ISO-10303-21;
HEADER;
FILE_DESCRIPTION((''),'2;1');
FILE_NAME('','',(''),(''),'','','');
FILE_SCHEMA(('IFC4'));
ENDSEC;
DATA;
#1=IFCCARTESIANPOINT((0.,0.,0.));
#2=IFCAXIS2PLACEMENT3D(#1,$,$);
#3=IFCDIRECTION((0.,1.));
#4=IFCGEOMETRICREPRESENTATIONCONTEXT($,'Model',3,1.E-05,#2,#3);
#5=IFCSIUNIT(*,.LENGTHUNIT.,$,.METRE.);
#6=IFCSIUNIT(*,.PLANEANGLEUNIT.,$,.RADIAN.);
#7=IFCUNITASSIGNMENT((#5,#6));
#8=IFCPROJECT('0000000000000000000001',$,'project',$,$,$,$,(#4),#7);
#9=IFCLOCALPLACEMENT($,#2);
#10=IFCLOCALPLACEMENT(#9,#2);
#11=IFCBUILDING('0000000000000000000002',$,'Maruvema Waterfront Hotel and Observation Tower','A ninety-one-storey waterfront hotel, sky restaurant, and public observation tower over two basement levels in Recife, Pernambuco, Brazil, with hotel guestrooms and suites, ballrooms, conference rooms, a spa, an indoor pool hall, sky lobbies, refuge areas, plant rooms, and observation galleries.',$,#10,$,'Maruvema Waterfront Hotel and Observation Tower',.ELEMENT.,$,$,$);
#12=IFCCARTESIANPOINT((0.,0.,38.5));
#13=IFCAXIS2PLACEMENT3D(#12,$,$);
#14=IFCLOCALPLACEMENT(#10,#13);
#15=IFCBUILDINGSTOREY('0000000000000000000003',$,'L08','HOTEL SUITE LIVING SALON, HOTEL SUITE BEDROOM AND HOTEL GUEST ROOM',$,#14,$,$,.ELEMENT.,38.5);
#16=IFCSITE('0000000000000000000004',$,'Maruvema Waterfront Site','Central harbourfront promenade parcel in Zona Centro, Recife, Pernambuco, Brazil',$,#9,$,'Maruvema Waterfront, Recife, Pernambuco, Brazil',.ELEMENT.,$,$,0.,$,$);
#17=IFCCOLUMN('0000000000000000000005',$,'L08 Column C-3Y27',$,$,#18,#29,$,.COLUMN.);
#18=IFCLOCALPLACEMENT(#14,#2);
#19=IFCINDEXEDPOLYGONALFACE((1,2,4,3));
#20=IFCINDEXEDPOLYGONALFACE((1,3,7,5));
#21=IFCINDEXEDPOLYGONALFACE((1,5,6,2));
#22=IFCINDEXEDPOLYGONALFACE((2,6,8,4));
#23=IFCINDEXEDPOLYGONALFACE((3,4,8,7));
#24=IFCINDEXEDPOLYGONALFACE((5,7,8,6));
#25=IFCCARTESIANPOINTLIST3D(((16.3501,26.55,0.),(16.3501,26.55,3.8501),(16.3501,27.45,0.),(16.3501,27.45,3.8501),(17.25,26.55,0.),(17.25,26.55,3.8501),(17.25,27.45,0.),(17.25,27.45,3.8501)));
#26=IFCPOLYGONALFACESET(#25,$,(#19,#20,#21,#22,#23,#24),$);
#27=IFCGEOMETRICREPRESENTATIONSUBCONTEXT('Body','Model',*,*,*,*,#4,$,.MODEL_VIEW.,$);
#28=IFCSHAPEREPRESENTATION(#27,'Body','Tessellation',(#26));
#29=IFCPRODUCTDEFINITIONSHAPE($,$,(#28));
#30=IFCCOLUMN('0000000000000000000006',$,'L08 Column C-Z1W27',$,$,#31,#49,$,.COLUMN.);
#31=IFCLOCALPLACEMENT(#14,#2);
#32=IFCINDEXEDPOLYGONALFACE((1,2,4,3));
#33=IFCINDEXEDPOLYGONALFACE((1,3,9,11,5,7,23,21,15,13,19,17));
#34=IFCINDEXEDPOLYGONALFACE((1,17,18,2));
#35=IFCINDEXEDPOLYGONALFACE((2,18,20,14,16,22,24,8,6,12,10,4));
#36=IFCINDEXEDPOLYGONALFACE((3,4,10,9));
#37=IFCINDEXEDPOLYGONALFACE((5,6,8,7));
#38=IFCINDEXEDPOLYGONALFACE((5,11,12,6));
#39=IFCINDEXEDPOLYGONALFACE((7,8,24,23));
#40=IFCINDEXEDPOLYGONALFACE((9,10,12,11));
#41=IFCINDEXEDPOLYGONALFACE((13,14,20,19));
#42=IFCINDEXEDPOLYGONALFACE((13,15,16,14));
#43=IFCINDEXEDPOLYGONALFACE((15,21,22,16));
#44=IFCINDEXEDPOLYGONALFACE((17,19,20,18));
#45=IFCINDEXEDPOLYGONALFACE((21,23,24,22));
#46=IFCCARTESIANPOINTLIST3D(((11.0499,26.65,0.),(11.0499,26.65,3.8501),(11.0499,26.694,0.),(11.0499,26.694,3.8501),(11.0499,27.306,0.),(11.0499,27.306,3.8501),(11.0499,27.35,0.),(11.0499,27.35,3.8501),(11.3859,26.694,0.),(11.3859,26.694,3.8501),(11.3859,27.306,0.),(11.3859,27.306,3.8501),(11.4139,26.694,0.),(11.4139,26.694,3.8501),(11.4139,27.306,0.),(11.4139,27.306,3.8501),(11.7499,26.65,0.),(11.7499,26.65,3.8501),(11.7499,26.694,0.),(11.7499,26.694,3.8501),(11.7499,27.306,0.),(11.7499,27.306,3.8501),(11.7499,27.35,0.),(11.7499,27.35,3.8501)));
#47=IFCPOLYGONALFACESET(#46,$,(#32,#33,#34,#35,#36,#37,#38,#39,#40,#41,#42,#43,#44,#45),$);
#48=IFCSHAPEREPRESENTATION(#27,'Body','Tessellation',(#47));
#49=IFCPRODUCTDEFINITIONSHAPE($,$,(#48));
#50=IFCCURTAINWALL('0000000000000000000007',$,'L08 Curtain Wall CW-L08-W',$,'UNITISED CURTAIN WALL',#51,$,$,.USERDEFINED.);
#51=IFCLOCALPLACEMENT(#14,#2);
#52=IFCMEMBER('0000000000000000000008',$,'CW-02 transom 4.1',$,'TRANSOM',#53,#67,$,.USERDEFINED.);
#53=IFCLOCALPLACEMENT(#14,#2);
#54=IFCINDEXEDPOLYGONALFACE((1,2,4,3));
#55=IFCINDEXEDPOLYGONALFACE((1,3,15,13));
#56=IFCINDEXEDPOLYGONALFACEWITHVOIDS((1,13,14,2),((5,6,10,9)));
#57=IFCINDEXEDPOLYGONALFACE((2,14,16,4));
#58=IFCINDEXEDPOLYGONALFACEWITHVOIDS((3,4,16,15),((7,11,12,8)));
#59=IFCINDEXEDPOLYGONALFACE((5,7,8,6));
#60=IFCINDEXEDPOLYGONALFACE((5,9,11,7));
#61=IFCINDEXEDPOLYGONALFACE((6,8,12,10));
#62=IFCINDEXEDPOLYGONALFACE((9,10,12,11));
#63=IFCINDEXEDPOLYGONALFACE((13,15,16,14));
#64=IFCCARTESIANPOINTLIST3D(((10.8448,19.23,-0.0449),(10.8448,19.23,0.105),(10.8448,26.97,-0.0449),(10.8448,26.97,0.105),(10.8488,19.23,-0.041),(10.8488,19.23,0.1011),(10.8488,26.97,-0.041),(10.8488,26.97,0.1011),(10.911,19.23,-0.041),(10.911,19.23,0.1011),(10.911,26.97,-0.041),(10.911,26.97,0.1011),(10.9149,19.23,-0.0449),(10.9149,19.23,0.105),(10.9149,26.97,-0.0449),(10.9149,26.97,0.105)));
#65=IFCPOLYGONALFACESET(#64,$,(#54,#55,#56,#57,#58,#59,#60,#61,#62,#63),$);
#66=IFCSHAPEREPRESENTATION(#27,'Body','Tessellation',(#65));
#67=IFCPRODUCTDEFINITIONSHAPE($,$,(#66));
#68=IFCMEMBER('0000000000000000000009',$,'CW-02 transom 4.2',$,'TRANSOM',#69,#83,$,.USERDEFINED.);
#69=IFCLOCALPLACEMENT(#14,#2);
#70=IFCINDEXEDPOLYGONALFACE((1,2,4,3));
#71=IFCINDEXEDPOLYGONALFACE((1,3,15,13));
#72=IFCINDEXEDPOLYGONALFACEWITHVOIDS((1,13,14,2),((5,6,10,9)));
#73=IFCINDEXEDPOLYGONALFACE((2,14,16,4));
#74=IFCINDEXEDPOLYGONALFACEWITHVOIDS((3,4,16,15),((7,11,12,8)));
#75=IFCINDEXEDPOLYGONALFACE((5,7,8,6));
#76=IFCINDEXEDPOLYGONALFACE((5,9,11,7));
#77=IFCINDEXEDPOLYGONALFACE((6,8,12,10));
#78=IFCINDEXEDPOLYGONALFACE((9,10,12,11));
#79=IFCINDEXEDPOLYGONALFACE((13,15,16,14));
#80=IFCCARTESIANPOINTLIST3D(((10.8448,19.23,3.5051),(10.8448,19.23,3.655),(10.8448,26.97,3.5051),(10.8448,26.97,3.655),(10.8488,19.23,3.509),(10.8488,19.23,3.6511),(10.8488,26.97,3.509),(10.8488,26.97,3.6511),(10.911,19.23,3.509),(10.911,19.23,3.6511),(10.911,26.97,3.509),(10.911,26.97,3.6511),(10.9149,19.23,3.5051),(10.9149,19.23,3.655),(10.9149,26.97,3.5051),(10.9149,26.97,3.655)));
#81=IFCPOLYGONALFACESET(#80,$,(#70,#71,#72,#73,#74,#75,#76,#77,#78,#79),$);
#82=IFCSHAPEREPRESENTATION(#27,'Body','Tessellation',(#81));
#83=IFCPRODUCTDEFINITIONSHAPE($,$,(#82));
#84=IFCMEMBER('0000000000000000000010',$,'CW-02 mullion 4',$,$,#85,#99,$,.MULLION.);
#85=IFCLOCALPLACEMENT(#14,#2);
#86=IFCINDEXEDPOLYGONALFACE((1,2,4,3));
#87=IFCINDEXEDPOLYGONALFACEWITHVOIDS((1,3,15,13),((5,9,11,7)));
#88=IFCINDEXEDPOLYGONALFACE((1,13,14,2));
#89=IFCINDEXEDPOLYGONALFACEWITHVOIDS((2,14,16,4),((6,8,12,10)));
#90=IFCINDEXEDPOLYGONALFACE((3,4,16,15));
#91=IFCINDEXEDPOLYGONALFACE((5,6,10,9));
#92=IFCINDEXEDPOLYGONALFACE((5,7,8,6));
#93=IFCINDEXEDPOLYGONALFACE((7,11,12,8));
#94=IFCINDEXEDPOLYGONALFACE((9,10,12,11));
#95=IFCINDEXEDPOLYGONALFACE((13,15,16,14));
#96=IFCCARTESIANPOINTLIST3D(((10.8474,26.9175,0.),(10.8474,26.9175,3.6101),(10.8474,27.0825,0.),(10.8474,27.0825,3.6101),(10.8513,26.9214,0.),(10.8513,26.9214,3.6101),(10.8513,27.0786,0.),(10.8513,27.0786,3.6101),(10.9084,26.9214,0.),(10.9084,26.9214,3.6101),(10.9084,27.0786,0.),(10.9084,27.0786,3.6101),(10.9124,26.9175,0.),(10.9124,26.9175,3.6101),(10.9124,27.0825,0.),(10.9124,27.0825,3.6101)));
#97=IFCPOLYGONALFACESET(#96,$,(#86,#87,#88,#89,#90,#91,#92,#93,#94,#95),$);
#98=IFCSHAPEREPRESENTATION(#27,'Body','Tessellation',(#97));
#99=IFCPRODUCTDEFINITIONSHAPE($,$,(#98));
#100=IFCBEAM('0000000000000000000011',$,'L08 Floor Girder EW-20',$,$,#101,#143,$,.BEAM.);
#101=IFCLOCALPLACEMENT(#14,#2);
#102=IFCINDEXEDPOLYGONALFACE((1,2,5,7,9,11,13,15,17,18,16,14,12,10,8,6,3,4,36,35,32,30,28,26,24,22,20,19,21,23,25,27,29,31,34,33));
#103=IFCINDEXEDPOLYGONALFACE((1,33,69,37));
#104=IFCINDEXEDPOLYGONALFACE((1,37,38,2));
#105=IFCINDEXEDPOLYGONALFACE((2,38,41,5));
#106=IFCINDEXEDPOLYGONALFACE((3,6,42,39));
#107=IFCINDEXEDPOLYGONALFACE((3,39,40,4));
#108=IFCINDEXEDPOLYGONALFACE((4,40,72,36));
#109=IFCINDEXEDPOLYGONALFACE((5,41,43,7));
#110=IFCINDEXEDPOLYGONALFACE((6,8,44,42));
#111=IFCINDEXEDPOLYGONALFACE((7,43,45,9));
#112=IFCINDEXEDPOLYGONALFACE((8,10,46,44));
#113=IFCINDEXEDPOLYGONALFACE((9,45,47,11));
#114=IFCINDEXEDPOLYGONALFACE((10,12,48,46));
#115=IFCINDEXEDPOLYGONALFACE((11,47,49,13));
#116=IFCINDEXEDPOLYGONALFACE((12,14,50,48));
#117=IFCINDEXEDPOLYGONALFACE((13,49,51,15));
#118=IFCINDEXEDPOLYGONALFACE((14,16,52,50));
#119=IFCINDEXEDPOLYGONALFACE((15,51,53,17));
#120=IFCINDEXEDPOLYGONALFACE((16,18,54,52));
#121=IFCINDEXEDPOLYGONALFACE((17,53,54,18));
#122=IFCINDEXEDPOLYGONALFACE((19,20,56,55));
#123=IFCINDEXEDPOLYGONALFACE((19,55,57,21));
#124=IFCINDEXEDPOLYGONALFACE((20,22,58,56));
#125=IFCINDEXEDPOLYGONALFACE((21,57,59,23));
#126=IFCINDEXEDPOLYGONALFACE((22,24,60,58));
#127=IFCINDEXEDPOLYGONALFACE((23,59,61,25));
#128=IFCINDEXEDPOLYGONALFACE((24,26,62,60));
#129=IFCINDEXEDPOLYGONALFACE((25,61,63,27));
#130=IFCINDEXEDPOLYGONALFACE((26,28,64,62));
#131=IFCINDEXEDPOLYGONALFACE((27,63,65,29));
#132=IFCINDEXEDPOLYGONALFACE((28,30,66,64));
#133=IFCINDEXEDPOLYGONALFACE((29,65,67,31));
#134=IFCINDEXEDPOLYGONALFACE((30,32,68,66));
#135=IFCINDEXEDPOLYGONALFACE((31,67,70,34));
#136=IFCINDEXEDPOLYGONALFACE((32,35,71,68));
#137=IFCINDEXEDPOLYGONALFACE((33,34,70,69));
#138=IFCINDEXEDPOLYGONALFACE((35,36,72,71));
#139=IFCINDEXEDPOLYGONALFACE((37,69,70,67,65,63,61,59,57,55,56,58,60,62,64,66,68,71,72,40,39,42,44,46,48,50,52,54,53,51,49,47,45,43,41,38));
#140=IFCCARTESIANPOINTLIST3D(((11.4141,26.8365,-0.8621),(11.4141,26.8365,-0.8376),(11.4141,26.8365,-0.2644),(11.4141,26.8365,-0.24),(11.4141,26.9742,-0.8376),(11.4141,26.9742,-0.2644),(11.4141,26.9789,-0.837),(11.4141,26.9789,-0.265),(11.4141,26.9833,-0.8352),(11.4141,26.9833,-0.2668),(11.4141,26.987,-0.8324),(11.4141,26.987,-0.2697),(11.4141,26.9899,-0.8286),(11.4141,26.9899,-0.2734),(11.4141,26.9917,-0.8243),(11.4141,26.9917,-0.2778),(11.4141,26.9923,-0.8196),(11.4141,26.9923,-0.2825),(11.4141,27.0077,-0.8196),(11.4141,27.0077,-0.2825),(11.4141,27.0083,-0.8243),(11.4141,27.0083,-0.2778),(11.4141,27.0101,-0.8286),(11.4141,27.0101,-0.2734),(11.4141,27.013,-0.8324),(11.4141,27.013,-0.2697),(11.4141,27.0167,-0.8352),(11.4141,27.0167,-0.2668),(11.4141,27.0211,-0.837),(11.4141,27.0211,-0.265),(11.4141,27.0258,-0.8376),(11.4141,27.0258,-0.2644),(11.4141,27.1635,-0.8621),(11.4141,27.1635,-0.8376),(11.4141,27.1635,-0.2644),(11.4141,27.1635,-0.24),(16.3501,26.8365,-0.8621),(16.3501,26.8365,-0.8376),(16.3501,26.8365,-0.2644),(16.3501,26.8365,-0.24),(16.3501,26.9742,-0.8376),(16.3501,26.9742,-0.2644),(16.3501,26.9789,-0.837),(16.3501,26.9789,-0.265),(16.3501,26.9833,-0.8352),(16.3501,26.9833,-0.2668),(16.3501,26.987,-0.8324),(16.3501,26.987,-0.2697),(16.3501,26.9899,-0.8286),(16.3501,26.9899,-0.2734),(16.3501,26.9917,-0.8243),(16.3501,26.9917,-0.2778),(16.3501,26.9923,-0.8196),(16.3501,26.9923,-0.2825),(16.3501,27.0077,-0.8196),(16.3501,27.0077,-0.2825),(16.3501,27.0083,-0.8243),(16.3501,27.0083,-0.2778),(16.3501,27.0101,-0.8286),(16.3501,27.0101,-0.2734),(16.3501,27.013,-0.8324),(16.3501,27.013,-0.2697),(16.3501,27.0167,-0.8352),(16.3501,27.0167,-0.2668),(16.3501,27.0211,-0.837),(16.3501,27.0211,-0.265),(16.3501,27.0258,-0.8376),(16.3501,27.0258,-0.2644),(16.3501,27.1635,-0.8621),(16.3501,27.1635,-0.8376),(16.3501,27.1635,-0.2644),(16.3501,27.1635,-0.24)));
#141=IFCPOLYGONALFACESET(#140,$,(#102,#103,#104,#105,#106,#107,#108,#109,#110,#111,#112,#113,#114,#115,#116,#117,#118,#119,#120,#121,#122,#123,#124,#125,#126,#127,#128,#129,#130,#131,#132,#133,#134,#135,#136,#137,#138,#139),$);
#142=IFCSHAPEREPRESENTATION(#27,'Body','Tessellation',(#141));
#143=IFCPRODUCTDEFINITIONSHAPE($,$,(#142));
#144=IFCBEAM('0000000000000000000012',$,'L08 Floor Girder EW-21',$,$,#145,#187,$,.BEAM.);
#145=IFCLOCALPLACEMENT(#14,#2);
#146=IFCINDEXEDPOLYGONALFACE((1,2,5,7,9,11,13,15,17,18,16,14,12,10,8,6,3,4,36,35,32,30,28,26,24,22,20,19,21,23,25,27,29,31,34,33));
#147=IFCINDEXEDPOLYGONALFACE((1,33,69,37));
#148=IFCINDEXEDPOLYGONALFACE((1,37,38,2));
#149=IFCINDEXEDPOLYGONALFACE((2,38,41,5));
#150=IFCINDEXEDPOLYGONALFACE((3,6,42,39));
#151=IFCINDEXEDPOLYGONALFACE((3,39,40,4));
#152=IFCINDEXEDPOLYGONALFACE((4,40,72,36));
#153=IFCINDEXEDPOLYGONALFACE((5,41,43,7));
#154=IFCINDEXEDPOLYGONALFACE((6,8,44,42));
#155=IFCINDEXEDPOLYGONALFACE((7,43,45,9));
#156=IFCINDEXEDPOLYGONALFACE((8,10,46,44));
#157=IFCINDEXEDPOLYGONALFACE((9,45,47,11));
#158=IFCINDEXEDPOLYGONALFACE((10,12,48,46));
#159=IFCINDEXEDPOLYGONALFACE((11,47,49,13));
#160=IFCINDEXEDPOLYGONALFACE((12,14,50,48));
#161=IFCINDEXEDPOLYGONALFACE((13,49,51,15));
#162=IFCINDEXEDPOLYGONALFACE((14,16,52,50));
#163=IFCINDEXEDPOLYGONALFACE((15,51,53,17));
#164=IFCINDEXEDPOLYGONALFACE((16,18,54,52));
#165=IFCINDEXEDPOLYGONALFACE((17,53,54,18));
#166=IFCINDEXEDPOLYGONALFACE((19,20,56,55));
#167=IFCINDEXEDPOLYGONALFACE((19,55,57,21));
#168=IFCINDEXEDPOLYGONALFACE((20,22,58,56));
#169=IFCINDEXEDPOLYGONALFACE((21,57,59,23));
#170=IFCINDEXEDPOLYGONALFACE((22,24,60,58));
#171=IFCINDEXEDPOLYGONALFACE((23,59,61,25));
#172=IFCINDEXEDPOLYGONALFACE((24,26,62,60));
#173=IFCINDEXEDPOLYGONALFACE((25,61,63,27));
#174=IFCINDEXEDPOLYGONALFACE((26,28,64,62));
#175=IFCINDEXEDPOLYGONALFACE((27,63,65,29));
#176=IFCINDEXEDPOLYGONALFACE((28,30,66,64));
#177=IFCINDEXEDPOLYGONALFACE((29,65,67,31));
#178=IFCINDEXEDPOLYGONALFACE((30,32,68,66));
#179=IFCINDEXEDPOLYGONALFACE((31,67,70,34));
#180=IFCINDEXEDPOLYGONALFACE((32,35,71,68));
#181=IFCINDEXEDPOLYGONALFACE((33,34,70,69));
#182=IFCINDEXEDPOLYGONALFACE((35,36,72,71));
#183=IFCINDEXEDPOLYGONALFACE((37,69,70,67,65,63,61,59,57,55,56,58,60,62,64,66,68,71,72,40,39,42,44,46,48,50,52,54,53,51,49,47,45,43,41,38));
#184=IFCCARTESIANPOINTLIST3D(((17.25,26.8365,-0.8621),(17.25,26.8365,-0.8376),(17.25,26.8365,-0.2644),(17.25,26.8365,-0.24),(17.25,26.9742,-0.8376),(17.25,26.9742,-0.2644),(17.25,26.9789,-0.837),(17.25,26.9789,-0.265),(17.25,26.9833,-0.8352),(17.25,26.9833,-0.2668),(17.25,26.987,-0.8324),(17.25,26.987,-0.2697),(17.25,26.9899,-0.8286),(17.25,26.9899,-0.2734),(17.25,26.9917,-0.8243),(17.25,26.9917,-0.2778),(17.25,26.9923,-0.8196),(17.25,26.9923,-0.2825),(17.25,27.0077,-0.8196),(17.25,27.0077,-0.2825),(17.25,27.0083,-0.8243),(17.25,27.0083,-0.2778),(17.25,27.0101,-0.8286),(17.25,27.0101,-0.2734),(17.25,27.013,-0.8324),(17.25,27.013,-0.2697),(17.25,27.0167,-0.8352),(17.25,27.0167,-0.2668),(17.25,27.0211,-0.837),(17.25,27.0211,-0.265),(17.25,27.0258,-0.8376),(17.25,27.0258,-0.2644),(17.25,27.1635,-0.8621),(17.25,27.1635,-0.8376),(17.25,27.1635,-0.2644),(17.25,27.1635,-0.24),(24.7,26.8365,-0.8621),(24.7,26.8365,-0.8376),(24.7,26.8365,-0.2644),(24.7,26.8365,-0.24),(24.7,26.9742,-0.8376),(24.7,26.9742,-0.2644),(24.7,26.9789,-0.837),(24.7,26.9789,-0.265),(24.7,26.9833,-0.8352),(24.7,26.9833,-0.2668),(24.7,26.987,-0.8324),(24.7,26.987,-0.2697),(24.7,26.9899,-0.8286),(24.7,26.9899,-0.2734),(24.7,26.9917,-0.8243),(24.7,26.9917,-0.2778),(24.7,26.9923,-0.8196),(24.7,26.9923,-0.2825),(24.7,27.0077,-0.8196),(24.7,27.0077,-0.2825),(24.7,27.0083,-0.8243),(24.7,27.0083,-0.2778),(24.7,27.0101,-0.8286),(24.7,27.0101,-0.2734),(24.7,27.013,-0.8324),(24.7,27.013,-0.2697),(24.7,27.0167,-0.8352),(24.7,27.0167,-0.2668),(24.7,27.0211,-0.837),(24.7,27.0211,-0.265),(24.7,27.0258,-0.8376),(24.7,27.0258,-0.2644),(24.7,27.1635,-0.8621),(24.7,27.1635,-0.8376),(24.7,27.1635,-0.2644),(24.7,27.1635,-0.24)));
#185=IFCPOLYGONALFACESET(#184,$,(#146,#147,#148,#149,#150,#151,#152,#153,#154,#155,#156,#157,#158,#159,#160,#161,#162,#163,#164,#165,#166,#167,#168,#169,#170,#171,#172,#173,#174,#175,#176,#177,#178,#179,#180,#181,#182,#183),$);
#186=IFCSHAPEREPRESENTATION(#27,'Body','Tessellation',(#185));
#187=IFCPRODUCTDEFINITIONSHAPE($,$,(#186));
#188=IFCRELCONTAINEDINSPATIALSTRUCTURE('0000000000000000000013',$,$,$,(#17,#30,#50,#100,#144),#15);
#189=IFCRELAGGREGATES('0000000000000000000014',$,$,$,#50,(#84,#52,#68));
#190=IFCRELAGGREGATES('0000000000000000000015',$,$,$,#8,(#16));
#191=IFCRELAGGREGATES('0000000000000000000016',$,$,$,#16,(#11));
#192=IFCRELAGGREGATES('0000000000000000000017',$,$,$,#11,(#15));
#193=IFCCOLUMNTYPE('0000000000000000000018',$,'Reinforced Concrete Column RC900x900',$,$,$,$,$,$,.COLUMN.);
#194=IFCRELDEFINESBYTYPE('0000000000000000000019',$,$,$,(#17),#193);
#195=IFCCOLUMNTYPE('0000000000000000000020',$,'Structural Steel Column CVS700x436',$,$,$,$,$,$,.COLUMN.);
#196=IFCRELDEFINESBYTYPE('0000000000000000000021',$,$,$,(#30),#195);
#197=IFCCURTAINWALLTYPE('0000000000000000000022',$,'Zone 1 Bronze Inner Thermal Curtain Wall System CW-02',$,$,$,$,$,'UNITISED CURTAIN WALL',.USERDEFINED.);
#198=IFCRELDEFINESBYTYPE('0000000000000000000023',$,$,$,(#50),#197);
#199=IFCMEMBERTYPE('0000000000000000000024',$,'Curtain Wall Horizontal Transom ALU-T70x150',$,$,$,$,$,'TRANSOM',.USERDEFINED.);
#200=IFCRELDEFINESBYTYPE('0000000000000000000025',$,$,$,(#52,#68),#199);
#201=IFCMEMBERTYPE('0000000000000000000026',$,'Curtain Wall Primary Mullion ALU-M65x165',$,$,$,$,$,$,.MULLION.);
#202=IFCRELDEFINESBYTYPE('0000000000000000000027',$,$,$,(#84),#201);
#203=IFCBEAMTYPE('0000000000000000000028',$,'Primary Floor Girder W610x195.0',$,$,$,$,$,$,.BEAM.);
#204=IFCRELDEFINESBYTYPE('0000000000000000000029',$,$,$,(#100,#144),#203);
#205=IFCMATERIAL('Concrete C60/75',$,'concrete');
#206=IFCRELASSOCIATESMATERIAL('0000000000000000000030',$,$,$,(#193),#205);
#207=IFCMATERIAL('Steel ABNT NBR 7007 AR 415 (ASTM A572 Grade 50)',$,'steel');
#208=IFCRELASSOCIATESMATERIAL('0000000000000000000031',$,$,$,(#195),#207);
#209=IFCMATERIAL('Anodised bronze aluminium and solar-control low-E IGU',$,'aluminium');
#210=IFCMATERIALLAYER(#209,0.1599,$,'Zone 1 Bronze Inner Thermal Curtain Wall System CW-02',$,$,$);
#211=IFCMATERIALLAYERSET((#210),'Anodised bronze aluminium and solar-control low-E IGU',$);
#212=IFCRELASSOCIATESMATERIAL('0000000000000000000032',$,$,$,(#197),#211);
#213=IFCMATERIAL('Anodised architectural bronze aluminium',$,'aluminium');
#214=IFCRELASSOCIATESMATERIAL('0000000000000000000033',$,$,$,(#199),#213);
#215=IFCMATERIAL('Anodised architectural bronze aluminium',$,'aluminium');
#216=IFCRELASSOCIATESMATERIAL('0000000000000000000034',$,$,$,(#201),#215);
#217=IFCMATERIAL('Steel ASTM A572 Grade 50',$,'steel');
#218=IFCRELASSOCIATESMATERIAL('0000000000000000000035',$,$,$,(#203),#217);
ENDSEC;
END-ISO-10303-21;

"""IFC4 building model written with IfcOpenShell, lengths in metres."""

from ifc_helpers import new_model, si_unit, direction, frame, origin, origin_2d, place, context, subcontext, project, spatial, rectangle, hollow_rectangle, i_section, extrude, material, layer, layer_set, material_profile, profile_set, type_object, element, aggregate, save


model = new_model("IFC4")

# Units and contexts
model_context = context("Model", 3, precision=1e-05, world=origin(), true_north=direction((0.0, 1.0)))
body_context = subcontext(model_context, "Body", "Model", "MODEL_VIEW")
ifc_project = project(units=[si_unit("LENGTHUNIT", "METRE"), si_unit("PLANEANGLEUNIT", "RADIAN")], contexts=[model_context])

# Site, building, storey
site_placement = place(None, origin())
site = spatial("IfcSite", under=ifc_project, at=site_placement, Name="Maruvema Waterfront Site", Description="Central harbourfront promenade parcel in Zona Centro, Recife, Pernambuco, Brazil", LongName="Maruvema Waterfront, Recife, Pernambuco, Brazil", CompositionType="ELEMENT", RefElevation=0.0)
building_placement = place(site_placement, origin())
building = spatial("IfcBuilding", under=site, at=building_placement, Name="Maruvema Waterfront Hotel and Observation Tower", Description="A ninety-one-storey waterfront hotel, sky restaurant, and public observation tower over two basement levels in Recife, Pernambuco, Brazil, with hotel guestrooms and suites, ballrooms, conference rooms, a spa, an indoor pool hall, sky lobbies, refuge areas, plant rooms, and observation galleries.", LongName="Maruvema Waterfront Hotel and Observation Tower", CompositionType="ELEMENT")
storey_placement = place(building_placement, frame((0.0, 0.0, 38.5)))
storey = spatial("IfcBuildingStorey", under=building, at=storey_placement, Name="L08", Description="HOTEL SUITE LIVING SALON, HOTEL SUITE BEDROOM AND HOTEL GUEST ROOM", CompositionType="ELEMENT", Elevation=38.5)

# Columns
ifc_material_1 = material(Name="Concrete C60/75", Category="concrete")
ifc_material_profile_1 = material_profile(ifc_material_1, rectangle(XDim=0.8999, YDim=0.8999, at=origin_2d()), Name="RC900x900")
ifc_profile_set_1 = profile_set([ifc_material_profile_1], Name="Concrete C60/75")
column_type_1 = type_object("IfcColumnType", Name="Reinforced Concrete Column RC900x900", PredefinedType="COLUMN", material=ifc_profile_set_1)
column_1_placement = place(storey_placement, frame((16.8, 27.0, 0.0), z_axis=(0.0, 0.0, 1.0), x_axis=(1.0, 0.0, 0.0)))
element("IfcColumn", 1, at=column_1_placement, inside=storey, type_object=column_type_1, Name="L08 Column C-3Y27", PredefinedType="COLUMN", context=body_context, shape_type="SweptSolid", body=[
    extrude(rectangle(XDim=0.8999, YDim=0.8999, at=origin_2d()), origin(), (0.0, 0.0, 1.0), 3.8501),
])
ifc_material_2 = material(Name="Steel ABNT NBR 7007 AR 415 (ASTM A572 Grade 50)", Category="steel")
ifc_material_profile_2 = material_profile(ifc_material_2, i_section(OverallWidth=0.7, OverallDepth=0.7, WebThickness=0.0281, FlangeThickness=0.0439, at=origin_2d()), Name="CVS700x436")
ifc_profile_set_2 = profile_set([ifc_material_profile_2], Name="Steel ABNT NBR 7007 AR 415 (ASTM A572 Grade 50)")
column_type_2 = type_object("IfcColumnType", Name="Structural Steel Column CVS700x436", PredefinedType="COLUMN", material=ifc_profile_set_2)
column_2_placement = place(storey_placement, frame((11.3999, 27.0, 0.0), z_axis=(0.0, 0.0, 1.0), x_axis=(1.0, 0.0, 0.0)))
element("IfcColumn", 2, at=column_2_placement, inside=storey, type_object=column_type_2, Name="L08 Column C-Z1W27", PredefinedType="COLUMN", context=body_context, shape_type="SweptSolid", body=[
    extrude(i_section(OverallWidth=0.7, OverallDepth=0.7, WebThickness=0.0281, FlangeThickness=0.0439, at=origin_2d()), origin(), (0.0, 0.0, 1.0), 3.8501),
])

# Curtain wall, members
ifc_material_3 = material(Name="Anodised bronze aluminium and solar-control low-E IGU", Category="aluminium")
ifc_layer_1 = layer(ifc_material_3, 0.1599, Name="Zone 1 Bronze Inner Thermal Curtain Wall System CW-02")
ifc_layer_set_1 = layer_set([ifc_layer_1], Name="Anodised bronze aluminium and solar-control low-E IGU")
curtain_wall_type = type_object("IfcCurtainWallType", Name="Zone 1 Bronze Inner Thermal Curtain Wall System CW-02", ElementType="UNITISED CURTAIN WALL", PredefinedType="USERDEFINED", material=ifc_layer_set_1)
curtain_wall_placement = place(storey_placement, origin())
curtain_wall = element("IfcCurtainWall", 3, at=curtain_wall_placement, inside=storey, type_object=curtain_wall_type, Name="L08 Curtain Wall CW-L08-W", ObjectType="UNITISED CURTAIN WALL", PredefinedType="USERDEFINED")
ifc_material_4 = material(Name="Anodised architectural bronze aluminium", Category="aluminium")
ifc_material_profile_3 = material_profile(ifc_material_4, hollow_rectangle(XDim=0.0701, YDim=0.1499, WallThickness=0.0039, at=origin_2d()), Name="ALU-T70x150")
ifc_profile_set_3 = profile_set([ifc_material_profile_3], Name="Anodised architectural bronze aluminium")
member_type_1 = type_object("IfcMemberType", Name="Curtain Wall Horizontal Transom ALU-T70x150", ElementType="TRANSOM", PredefinedType="USERDEFINED", material=ifc_profile_set_3)
member_1_placement = place(storey_placement, frame((10.8799, 26.97, 0.03), z_axis=(0.0, -1.0, 0.0), x_axis=(1.0, 0.0, 0.0)))
member_1 = element("IfcMember", 4, at=member_1_placement, type_object=member_type_1, Name="CW-02 transom 4.1", ObjectType="TRANSOM", PredefinedType="USERDEFINED", context=body_context, shape_type="SweptSolid", body=[
    extrude(hollow_rectangle(XDim=0.0701, YDim=0.1499, WallThickness=0.0039, at=origin_2d()), origin(), (0.0, 0.0, 1.0), 7.74),
])
member_2_placement = place(storey_placement, frame((10.8799, 26.97, 3.5801), z_axis=(0.0, -1.0, 0.0), x_axis=(1.0, 0.0, 0.0)))
member_2 = element("IfcMember", 5, at=member_2_placement, type_object=member_type_1, Name="CW-02 transom 4.2", ObjectType="TRANSOM", PredefinedType="USERDEFINED", context=body_context, shape_type="SweptSolid", body=[
    extrude(hollow_rectangle(XDim=0.0701, YDim=0.1499, WallThickness=0.0039, at=origin_2d()), origin(), (0.0, 0.0, 1.0), 7.74),
])
ifc_material_5 = material(Name="Anodised architectural bronze aluminium", Category="aluminium")
ifc_material_profile_4 = material_profile(ifc_material_5, hollow_rectangle(XDim=0.0649, YDim=0.165, WallThickness=0.0039, at=origin_2d()), Name="ALU-M65x165")
ifc_profile_set_4 = profile_set([ifc_material_profile_4], Name="Anodised architectural bronze aluminium")
member_type_2 = type_object("IfcMemberType", Name="Curtain Wall Primary Mullion ALU-M65x165", PredefinedType="MULLION", material=ifc_profile_set_4)
member_3_placement = place(storey_placement, frame((10.8799, 27.0, 0.0), z_axis=(0.0, 0.0, 1.0), x_axis=(1.0, 0.0, 0.0)))
member_3 = element("IfcMember", 6, at=member_3_placement, type_object=member_type_2, Name="CW-02 mullion 4", PredefinedType="MULLION", context=body_context, shape_type="SweptSolid", body=[
    extrude(hollow_rectangle(XDim=0.0649, YDim=0.165, WallThickness=0.0039, at=origin_2d()), origin(), (0.0, 0.0, 1.0), 3.6101),
])

# Beams
ifc_material_6 = material(Name="Steel ASTM A572 Grade 50", Category="steel")
ifc_material_profile_5 = material_profile(ifc_material_6, i_section(OverallWidth=0.3269, OverallDepth=0.6221, WebThickness=0.0154, FlangeThickness=0.0244, FilletRadius=0.0181, at=origin_2d()), Name="W610x195.0")
ifc_profile_set_5 = profile_set([ifc_material_profile_5], Name="Steel ASTM A572 Grade 50")
beam_type = type_object("IfcBeamType", Name="Primary Floor Girder W610x195.0", PredefinedType="BEAM", material=ifc_profile_set_5)
beam_1_placement = place(storey_placement, frame((11.4141, 27.0, -0.551), z_axis=(1.0, 0.0, 0.0), x_axis=(0.0, 1.0, 0.0)))
element("IfcBeam", 7, at=beam_1_placement, inside=storey, type_object=beam_type, Name="L08 Floor Girder EW-20", PredefinedType="BEAM", context=body_context, shape_type="SweptSolid", body=[
    extrude(i_section(OverallWidth=0.3269, OverallDepth=0.6221, WebThickness=0.0154, FlangeThickness=0.0244, FilletRadius=0.0181, at=origin_2d()), origin(), (0.0, 0.0, 1.0), 4.936),
])
beam_2_placement = place(storey_placement, frame((17.25, 27.0, -0.551), z_axis=(1.0, 0.0, 0.0), x_axis=(0.0, 1.0, 0.0)))
element("IfcBeam", 8, at=beam_2_placement, inside=storey, type_object=beam_type, Name="L08 Floor Girder EW-21", PredefinedType="BEAM", context=body_context, shape_type="SweptSolid", body=[
    extrude(i_section(OverallWidth=0.3269, OverallDepth=0.6221, WebThickness=0.0154, FlangeThickness=0.0244, FilletRadius=0.0181, at=origin_2d()), origin(), (0.0, 0.0, 1.0), 7.45),
])

aggregate(curtain_wall, [member_3, member_1, member_2])

save(model, "model.ifc")
